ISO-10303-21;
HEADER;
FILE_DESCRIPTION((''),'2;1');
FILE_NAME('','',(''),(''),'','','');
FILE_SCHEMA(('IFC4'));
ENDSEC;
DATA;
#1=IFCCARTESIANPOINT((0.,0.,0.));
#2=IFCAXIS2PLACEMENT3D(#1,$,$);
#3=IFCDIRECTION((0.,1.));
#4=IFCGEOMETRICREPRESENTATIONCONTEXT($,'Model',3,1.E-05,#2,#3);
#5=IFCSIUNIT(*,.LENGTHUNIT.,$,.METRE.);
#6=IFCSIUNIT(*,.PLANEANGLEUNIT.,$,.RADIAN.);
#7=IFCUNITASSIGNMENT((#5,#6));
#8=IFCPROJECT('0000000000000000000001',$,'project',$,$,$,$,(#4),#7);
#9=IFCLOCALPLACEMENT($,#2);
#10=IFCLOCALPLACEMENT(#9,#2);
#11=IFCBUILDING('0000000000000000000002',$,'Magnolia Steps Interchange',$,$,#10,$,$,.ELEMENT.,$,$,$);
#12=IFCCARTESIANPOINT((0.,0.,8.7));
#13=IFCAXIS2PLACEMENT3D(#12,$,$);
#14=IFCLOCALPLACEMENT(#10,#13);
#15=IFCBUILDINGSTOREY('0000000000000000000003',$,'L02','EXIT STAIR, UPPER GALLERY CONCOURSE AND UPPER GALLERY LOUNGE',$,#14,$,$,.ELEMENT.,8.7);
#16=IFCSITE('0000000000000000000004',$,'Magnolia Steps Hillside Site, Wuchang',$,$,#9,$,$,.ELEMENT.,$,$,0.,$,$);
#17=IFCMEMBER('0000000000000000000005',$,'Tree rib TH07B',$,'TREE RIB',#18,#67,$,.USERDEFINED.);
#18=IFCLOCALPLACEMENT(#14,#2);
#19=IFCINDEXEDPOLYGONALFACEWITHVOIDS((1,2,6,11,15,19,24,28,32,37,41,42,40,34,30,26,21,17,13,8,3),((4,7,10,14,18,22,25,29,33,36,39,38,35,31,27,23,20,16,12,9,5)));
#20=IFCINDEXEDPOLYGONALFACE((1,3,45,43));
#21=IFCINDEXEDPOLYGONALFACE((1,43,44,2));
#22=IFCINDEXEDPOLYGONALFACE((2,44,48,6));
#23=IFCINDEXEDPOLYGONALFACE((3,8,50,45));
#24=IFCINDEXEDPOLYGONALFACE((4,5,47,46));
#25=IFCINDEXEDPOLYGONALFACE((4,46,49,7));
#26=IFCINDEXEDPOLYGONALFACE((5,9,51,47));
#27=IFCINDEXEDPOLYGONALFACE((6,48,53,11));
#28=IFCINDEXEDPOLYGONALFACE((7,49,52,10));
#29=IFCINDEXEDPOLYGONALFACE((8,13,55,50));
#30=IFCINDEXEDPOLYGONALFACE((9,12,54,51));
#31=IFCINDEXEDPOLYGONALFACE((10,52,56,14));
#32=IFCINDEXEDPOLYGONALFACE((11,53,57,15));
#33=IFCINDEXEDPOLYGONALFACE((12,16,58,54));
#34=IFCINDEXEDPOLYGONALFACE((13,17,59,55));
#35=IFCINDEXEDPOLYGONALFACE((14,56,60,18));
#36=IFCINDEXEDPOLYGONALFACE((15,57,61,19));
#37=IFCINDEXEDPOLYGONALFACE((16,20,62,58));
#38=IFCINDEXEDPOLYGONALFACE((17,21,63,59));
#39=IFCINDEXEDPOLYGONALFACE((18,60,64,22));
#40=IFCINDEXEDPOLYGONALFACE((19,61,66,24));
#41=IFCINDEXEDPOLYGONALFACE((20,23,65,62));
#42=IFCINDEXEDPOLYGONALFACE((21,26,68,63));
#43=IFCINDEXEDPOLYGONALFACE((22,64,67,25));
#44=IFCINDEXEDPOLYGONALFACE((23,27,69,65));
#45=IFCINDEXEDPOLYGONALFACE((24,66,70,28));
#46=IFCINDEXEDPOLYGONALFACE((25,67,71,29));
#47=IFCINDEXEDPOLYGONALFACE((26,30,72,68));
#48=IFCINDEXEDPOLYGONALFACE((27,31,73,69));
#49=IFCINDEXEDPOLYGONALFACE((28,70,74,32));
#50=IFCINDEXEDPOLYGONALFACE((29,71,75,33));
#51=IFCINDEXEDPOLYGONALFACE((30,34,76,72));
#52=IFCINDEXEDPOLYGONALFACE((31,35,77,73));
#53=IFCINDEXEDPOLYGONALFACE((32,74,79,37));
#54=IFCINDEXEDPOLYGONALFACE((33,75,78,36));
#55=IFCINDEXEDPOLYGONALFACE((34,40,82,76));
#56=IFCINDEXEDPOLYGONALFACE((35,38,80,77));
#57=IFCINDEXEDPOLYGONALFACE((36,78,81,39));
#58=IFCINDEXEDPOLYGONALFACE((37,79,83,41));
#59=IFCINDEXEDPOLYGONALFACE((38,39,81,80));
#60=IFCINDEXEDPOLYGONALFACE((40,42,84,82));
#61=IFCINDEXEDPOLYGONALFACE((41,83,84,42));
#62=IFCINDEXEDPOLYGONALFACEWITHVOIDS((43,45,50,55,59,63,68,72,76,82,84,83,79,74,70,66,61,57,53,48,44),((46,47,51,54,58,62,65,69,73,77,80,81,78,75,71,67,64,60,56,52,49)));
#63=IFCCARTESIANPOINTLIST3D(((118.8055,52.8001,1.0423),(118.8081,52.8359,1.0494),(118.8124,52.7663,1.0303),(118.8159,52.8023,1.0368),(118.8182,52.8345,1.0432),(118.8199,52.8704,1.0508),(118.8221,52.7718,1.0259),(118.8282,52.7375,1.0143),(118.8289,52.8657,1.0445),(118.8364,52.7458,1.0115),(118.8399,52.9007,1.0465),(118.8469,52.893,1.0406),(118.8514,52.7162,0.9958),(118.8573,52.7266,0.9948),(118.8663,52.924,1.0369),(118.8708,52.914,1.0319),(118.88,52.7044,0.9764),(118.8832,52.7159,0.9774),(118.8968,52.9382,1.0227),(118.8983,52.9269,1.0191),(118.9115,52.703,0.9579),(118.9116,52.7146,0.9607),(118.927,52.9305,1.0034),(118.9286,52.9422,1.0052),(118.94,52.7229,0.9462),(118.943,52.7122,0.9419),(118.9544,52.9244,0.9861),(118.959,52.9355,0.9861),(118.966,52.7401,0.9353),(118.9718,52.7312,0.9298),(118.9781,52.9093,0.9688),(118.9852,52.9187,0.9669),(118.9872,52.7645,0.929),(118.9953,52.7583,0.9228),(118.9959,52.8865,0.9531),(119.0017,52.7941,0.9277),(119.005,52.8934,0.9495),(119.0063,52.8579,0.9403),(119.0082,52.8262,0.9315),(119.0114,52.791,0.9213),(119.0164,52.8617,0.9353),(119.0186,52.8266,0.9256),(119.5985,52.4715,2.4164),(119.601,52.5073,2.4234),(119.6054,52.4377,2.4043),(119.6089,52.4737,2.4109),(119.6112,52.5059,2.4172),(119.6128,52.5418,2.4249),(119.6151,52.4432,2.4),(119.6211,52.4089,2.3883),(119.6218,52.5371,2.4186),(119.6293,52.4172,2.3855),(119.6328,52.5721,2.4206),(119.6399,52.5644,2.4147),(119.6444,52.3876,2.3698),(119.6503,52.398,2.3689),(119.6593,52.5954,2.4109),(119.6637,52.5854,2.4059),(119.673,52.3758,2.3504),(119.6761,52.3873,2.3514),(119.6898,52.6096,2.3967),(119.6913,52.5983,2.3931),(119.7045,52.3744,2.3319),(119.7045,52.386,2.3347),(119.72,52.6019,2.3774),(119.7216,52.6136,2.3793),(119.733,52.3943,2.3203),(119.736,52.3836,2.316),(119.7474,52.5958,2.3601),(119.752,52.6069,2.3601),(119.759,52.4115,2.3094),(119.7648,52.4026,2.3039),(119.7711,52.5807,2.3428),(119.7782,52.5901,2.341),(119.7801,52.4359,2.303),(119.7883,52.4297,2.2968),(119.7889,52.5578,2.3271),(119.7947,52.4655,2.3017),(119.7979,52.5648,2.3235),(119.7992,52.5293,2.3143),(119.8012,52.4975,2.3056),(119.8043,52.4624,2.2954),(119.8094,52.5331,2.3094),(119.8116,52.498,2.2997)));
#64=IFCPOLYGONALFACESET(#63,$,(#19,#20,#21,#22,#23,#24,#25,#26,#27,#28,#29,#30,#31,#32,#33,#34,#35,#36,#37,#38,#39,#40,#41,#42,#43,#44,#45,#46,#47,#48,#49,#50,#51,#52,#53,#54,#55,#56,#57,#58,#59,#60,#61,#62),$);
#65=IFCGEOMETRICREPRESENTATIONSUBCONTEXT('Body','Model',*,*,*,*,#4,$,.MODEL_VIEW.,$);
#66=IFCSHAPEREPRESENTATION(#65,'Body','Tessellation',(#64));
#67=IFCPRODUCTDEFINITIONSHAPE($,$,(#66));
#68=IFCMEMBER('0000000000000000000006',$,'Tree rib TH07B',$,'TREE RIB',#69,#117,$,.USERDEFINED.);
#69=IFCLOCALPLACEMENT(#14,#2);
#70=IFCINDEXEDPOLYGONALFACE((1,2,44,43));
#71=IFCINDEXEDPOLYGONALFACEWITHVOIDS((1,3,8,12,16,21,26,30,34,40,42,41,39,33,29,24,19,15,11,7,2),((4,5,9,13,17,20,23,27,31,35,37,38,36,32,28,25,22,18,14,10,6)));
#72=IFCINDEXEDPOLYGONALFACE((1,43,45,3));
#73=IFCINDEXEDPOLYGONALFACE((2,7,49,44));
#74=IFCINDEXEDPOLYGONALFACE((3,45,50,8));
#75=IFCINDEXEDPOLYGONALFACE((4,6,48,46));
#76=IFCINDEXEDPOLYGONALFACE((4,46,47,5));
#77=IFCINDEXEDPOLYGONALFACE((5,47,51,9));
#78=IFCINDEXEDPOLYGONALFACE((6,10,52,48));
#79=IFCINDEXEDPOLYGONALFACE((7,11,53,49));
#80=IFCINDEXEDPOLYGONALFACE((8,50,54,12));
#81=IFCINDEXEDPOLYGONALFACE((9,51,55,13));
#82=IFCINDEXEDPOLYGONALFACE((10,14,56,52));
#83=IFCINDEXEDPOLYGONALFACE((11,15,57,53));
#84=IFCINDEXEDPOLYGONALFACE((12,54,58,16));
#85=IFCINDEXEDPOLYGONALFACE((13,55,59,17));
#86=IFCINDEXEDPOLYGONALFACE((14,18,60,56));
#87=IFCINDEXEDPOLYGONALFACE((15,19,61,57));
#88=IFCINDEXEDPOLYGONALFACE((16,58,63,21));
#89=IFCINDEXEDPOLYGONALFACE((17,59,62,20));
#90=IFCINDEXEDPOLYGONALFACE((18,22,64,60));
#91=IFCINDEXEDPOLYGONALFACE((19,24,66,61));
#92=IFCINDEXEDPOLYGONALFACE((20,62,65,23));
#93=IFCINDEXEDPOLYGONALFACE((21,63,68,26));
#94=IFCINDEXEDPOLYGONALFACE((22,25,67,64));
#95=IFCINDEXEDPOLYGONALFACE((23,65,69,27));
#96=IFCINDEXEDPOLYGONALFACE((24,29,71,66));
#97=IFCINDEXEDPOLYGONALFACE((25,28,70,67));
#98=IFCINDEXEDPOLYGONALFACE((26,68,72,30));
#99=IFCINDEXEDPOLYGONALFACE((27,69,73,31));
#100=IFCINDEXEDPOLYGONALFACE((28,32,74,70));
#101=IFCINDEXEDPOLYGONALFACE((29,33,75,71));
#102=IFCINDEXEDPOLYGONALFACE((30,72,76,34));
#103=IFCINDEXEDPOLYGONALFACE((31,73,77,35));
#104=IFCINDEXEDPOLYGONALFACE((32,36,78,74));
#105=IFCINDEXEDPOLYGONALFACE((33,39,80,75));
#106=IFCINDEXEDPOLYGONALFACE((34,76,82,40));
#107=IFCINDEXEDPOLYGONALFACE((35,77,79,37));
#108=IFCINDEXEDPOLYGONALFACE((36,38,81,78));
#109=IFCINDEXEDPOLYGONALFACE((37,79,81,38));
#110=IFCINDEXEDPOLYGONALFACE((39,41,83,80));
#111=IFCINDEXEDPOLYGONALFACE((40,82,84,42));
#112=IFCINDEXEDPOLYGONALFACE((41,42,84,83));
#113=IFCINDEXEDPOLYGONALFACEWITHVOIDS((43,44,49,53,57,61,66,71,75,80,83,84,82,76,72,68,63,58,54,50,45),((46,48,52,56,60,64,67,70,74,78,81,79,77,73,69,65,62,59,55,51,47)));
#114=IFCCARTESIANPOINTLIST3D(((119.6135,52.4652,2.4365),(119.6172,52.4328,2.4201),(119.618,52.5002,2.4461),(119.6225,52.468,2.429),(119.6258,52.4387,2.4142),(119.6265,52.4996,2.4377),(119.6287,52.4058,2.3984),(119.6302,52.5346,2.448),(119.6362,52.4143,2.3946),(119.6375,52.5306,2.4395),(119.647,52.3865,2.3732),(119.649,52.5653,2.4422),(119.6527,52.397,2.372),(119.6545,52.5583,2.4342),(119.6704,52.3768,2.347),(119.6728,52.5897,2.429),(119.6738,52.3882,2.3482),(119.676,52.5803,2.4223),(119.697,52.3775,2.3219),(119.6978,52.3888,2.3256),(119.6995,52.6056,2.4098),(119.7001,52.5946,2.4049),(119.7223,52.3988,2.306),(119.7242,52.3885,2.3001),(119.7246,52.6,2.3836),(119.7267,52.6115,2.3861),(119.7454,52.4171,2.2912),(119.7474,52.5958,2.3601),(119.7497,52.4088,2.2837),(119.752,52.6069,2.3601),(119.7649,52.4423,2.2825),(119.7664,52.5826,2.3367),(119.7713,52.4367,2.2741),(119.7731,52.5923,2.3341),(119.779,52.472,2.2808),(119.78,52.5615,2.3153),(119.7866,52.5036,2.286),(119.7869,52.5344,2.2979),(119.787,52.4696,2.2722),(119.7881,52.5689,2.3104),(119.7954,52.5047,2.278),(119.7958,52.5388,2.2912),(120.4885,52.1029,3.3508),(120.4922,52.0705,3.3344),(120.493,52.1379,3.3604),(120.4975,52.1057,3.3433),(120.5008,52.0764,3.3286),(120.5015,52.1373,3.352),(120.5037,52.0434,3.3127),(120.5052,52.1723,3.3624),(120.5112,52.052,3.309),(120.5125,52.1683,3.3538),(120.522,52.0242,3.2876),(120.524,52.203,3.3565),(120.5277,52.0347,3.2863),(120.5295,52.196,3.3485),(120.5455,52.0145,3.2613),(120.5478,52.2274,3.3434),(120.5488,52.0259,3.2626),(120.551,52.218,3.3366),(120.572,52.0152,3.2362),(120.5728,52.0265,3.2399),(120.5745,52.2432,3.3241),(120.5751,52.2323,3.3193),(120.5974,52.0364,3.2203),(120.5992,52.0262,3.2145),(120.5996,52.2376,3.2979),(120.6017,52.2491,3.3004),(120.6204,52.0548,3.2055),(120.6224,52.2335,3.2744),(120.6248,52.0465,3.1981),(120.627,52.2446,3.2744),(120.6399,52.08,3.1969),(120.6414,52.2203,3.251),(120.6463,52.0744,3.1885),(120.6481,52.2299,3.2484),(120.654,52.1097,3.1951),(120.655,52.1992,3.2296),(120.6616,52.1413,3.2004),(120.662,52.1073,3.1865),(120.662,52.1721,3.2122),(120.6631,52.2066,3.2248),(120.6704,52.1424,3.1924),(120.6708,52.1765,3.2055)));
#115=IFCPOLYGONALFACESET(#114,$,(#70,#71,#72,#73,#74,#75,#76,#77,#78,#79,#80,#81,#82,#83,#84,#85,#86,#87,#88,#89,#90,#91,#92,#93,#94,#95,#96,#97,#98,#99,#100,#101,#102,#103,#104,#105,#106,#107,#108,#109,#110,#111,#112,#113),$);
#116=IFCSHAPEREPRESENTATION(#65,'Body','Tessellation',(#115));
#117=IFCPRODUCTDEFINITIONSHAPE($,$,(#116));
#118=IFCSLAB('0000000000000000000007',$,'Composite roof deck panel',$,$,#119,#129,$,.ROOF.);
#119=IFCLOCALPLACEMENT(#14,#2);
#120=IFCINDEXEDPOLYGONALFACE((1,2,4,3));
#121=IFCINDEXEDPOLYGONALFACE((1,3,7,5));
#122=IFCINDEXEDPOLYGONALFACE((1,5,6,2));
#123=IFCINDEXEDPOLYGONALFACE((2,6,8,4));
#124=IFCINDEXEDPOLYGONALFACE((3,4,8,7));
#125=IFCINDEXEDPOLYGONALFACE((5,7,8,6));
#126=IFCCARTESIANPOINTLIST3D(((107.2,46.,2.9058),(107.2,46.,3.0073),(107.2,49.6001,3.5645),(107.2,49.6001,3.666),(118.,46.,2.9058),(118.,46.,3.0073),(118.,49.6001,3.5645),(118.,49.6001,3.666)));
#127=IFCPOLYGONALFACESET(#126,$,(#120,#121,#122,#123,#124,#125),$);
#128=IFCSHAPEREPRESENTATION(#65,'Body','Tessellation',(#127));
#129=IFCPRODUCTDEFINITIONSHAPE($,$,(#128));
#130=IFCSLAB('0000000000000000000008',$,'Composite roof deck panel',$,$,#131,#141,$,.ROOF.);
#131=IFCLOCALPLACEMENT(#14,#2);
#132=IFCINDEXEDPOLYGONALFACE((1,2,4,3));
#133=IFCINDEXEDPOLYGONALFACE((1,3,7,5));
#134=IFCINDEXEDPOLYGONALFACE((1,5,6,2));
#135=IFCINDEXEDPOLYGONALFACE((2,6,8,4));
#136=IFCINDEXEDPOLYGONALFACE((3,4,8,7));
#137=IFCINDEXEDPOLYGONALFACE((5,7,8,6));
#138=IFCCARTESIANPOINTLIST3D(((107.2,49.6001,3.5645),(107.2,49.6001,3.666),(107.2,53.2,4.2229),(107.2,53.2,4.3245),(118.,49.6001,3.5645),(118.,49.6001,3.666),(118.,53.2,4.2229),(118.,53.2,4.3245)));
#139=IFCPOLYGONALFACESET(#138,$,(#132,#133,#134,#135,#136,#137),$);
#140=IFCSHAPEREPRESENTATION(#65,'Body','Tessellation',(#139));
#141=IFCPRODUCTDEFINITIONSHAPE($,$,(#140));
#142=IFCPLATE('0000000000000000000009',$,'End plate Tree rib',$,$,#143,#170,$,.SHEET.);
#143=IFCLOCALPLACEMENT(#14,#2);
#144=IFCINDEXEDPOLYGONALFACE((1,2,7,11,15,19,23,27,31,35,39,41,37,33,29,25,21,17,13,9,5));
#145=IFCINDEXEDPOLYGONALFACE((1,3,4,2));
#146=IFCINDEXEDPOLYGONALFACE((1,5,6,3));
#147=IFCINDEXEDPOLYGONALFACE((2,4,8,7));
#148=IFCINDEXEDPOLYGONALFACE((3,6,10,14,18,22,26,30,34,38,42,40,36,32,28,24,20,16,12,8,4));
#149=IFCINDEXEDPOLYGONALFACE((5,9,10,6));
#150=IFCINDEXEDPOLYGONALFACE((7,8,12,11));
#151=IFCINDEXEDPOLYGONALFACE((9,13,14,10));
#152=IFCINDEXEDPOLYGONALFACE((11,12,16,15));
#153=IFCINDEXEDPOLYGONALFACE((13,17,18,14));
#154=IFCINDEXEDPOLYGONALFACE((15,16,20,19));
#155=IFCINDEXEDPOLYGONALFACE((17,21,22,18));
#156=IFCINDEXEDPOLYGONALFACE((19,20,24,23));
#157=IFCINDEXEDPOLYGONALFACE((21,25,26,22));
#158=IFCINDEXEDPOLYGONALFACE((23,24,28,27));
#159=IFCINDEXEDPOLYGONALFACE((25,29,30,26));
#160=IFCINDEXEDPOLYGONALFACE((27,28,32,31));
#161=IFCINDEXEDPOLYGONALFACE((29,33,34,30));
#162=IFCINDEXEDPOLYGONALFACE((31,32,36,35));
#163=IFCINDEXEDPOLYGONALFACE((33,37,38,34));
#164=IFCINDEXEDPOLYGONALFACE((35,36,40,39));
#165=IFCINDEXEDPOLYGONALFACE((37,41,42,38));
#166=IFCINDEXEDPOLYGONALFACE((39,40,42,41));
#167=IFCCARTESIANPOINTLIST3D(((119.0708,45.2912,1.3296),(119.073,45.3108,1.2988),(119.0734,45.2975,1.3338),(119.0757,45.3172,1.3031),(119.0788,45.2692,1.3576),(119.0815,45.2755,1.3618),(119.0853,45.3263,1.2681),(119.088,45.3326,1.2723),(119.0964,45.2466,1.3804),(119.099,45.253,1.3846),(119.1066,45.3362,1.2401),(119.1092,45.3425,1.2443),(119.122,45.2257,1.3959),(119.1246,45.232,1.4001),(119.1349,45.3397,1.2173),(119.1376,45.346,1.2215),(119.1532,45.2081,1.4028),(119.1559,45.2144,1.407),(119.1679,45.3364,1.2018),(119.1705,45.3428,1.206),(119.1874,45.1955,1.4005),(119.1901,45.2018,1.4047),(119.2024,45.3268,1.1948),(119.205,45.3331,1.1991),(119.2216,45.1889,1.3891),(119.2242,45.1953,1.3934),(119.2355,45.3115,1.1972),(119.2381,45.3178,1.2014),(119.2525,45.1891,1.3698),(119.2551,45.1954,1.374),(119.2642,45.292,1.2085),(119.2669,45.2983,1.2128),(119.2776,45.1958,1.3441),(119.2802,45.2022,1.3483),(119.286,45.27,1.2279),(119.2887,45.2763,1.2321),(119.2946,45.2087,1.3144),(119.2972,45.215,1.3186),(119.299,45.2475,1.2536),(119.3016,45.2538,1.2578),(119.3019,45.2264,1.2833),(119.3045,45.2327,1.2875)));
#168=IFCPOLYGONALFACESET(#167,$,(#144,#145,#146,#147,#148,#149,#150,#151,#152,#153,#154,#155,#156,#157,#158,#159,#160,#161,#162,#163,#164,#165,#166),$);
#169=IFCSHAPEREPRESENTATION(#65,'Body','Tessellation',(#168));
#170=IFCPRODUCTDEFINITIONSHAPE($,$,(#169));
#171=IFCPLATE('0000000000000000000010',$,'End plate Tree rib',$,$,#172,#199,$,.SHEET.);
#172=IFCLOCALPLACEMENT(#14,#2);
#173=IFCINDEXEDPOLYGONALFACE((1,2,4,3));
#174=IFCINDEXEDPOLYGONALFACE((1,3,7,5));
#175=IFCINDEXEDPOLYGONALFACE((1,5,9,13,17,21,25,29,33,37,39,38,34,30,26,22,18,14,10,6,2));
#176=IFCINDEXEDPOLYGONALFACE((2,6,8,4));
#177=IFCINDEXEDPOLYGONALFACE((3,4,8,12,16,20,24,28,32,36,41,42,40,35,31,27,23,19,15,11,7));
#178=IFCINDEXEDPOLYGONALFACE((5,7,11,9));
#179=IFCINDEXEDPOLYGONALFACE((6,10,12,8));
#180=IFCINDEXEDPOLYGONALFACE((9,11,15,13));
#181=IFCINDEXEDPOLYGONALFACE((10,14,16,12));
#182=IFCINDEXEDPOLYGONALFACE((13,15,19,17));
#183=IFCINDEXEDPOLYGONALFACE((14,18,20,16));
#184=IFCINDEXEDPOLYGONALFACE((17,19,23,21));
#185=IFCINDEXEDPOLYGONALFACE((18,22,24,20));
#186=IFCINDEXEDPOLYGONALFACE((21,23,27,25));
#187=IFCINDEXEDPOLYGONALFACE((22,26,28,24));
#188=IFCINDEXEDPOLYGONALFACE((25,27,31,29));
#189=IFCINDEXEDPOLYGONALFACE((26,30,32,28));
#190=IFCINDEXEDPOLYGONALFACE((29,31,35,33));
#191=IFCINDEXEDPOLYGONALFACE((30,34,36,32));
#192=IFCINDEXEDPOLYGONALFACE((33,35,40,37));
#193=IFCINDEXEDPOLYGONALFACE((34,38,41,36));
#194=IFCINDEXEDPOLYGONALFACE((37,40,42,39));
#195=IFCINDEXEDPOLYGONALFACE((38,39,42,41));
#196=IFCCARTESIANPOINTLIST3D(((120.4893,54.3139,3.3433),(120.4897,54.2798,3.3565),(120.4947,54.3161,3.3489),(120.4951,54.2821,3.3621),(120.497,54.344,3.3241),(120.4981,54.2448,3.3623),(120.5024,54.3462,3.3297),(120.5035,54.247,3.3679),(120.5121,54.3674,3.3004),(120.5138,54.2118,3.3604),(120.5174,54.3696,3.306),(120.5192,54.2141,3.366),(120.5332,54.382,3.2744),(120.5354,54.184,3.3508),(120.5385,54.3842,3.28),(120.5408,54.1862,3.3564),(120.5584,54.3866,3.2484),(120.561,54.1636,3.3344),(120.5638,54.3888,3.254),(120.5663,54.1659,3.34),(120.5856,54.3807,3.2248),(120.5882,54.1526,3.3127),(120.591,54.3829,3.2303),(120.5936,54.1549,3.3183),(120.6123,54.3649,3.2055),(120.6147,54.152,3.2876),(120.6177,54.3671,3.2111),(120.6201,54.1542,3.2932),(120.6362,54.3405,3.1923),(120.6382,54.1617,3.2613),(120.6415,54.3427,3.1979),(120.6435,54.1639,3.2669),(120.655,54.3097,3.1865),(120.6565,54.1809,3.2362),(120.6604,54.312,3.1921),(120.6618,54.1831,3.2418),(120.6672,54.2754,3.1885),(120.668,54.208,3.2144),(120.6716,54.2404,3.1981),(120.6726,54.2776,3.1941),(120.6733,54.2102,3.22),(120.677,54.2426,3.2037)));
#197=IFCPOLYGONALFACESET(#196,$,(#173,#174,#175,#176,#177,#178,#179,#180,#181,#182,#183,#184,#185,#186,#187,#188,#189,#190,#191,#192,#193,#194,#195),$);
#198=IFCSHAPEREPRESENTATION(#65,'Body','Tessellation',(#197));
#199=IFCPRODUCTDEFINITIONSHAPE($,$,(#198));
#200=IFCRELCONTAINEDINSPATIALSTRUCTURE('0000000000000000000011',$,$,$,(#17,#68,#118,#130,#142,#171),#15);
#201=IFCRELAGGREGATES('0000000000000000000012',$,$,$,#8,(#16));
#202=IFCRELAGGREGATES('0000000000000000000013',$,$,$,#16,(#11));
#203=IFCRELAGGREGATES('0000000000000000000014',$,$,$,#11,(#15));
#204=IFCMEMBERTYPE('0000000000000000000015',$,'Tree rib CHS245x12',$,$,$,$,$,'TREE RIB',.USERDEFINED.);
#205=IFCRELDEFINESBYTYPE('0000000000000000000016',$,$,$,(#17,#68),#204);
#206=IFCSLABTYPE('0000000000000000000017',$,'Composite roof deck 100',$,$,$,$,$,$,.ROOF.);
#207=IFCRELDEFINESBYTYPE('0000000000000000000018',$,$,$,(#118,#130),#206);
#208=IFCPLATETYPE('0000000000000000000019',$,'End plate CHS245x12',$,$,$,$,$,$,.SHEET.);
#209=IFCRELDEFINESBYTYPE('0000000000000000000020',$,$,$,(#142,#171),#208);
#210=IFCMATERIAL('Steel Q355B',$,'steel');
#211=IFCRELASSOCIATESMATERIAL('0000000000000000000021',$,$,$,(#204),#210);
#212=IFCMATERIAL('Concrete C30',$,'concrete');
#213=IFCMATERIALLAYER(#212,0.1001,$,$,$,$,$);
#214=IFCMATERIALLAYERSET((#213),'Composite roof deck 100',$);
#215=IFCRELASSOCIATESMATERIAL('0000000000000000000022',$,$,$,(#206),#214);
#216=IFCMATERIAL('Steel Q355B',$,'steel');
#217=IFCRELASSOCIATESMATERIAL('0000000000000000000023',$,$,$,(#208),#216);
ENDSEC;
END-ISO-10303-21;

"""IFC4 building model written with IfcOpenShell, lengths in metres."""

from ifc_helpers import new_model, si_unit, direction, frame, origin, origin_2d, place, context, subcontext, project, spatial, polyline, circle, hollow_circle, outline, extrude, material, layer, layer_set, material_profile, profile_set, type_object, element, save


model = new_model("IFC4")

# Units and contexts
model_context = context("Model", 3, precision=1e-05, world=origin(), true_north=direction((0.0, 1.0)))
body_context = subcontext(model_context, "Body", "Model", "MODEL_VIEW")
ifc_project = project(units=[si_unit("LENGTHUNIT", "METRE"), si_unit("PLANEANGLEUNIT", "RADIAN")], contexts=[model_context])

# Site, building, storey
site_placement = place(None, origin())
site = spatial("IfcSite", under=ifc_project, at=site_placement, Name="Magnolia Steps Hillside Site, Wuchang", CompositionType="ELEMENT", RefElevation=0.0)
building_placement = place(site_placement, origin())
building = spatial("IfcBuilding", under=site, at=building_placement, Name="Magnolia Steps Interchange", CompositionType="ELEMENT")
storey_placement = place(building_placement, frame((0.0, 0.0, 8.7)))
storey = spatial("IfcBuildingStorey", under=building, at=storey_placement, Name="L02", Description="EXIT STAIR, UPPER GALLERY CONCOURSE AND UPPER GALLERY LOUNGE", CompositionType="ELEMENT", Elevation=8.7)

# Members
ifc_material_1 = material(Name="Steel Q355B", Category="steel")
ifc_material_profile_1 = material_profile(ifc_material_1, hollow_circle(Radius=0.1226, WallThickness=0.012, at=origin_2d()), Name="CHS245x12")
ifc_profile_set_1 = profile_set([ifc_material_profile_1], Name="Steel Q355B")
member_type = type_object("IfcMemberType", Name="Tree rib CHS245x12", ElementType="TREE RIB", PredefinedType="USERDEFINED", material=ifc_profile_set_1)
member_1_placement = place(storey_placement, frame((118.9121, 52.8223, 0.9861), z_axis=(0.489456, -0.202835, 0.84811), x_axis=(0.382837, 0.923816, 0.0)))
element("IfcMember", 1, at=member_1_placement, inside=storey, type_object=member_type, Name="Tree rib TH07B", ObjectType="TREE RIB", PredefinedType="USERDEFINED", context=body_context, shape_type="SweptSolid", body=[
    extrude(hollow_circle(Radius=0.1226, WallThickness=0.012, at=origin_2d()), origin(), (0.0, 0.0, 1.0), 1.6201),
])
member_2_placement = place(storey_placement, frame((119.7051, 52.4937, 2.3601), z_axis=(0.664704, -0.275229, 0.694563), x_axis=(0.382564, 0.923929, 0.0)))
element("IfcMember", 2, at=member_2_placement, inside=storey, type_object=member_type, Name="Tree rib TH07B", ObjectType="TREE RIB", PredefinedType="USERDEFINED", context=body_context, shape_type="SweptSolid", body=[
    extrude(hollow_circle(Radius=0.1226, WallThickness=0.012, at=origin_2d()), origin(), (0.0, 0.0, 1.0), 1.3164),
])

# Slabs
ifc_material_2 = material(Name="Concrete C30", Category="concrete")
ifc_layer = layer(ifc_material_2, 0.1001)
ifc_layer_set = layer_set([ifc_layer], Name="Composite roof deck 100")
slab_type = type_object("IfcSlabType", Name="Composite roof deck 100", PredefinedType="ROOF", material=ifc_layer_set)
slab_1_placement = place(storey_placement, frame((118.0, 46.0, 3.0073), z_axis=(0.0, -0.179977, 0.983671), x_axis=(0.0, 0.983671, 0.179977)))
element("IfcSlab", 3, at=slab_1_placement, inside=storey, type_object=slab_type, Name="Composite roof deck panel", PredefinedType="ROOF", context=body_context, shape_type="SweptSolid", body=[
    extrude(outline(polyline([(0.0, 0.0), (3.6599, 0.0), (3.6599, 10.8), (0.0, 10.8), (0.0, 0.0)])), origin(), (-0.179977, 0.0, -0.983671), 0.1016),
])
slab_2_placement = place(storey_placement, frame((118.0, 49.6001, 3.666), z_axis=(0.0, -0.179924, 0.98368), x_axis=(0.0, 0.98368, 0.179924)))
element("IfcSlab", 4, at=slab_2_placement, inside=storey, type_object=slab_type, Name="Composite roof deck panel", PredefinedType="ROOF", context=body_context, shape_type="SweptSolid", body=[
    extrude(outline(polyline([(0.0, 0.0), (3.6596, 0.0), (3.6596, 10.8), (0.0, 10.8), (0.0, 0.0)])), origin(), (-0.179924, 0.0, -0.98368), 0.1016),
])

# Plates
ifc_material_3 = material(Name="Steel Q355B", Category="steel")
ifc_material_profile_2 = material_profile(ifc_material_3, circle(Radius=0.1226, at=origin_2d()), Name="End plate CHS245x12")
ifc_profile_set_2 = profile_set([ifc_material_profile_2], Name="Steel Q355B")
plate_type = type_object("IfcPlateType", Name="End plate CHS245x12", PredefinedType="SHEET", material=ifc_profile_set_2)
for number, where, z_axis, x_axis, name in (
    (5, (119.1863, 45.2639, 1.2988), (0.325598, 0.786063, 0.525444), (-0.92388, 0.382683, 0.0), "End plate Tree rib"),
    (6, (120.5801, 54.2688, 3.2744), (0.664583, 0.275279, 0.694658), (-0.382683, 0.92388, 0.0), "End plate Tree rib"),
):
    element("IfcPlate", number, at=place(storey_placement, frame(where, z_axis=z_axis, x_axis=x_axis)), inside=storey, type_object=plate_type, Name=name, PredefinedType="SHEET", context=body_context, shape_type="SweptSolid", body=[
        extrude(circle(Radius=0.1226, at=origin_2d()), origin(), (0.0, 0.0, 1.0), 0.0081),
    ])

save(model, "model.ifc")
